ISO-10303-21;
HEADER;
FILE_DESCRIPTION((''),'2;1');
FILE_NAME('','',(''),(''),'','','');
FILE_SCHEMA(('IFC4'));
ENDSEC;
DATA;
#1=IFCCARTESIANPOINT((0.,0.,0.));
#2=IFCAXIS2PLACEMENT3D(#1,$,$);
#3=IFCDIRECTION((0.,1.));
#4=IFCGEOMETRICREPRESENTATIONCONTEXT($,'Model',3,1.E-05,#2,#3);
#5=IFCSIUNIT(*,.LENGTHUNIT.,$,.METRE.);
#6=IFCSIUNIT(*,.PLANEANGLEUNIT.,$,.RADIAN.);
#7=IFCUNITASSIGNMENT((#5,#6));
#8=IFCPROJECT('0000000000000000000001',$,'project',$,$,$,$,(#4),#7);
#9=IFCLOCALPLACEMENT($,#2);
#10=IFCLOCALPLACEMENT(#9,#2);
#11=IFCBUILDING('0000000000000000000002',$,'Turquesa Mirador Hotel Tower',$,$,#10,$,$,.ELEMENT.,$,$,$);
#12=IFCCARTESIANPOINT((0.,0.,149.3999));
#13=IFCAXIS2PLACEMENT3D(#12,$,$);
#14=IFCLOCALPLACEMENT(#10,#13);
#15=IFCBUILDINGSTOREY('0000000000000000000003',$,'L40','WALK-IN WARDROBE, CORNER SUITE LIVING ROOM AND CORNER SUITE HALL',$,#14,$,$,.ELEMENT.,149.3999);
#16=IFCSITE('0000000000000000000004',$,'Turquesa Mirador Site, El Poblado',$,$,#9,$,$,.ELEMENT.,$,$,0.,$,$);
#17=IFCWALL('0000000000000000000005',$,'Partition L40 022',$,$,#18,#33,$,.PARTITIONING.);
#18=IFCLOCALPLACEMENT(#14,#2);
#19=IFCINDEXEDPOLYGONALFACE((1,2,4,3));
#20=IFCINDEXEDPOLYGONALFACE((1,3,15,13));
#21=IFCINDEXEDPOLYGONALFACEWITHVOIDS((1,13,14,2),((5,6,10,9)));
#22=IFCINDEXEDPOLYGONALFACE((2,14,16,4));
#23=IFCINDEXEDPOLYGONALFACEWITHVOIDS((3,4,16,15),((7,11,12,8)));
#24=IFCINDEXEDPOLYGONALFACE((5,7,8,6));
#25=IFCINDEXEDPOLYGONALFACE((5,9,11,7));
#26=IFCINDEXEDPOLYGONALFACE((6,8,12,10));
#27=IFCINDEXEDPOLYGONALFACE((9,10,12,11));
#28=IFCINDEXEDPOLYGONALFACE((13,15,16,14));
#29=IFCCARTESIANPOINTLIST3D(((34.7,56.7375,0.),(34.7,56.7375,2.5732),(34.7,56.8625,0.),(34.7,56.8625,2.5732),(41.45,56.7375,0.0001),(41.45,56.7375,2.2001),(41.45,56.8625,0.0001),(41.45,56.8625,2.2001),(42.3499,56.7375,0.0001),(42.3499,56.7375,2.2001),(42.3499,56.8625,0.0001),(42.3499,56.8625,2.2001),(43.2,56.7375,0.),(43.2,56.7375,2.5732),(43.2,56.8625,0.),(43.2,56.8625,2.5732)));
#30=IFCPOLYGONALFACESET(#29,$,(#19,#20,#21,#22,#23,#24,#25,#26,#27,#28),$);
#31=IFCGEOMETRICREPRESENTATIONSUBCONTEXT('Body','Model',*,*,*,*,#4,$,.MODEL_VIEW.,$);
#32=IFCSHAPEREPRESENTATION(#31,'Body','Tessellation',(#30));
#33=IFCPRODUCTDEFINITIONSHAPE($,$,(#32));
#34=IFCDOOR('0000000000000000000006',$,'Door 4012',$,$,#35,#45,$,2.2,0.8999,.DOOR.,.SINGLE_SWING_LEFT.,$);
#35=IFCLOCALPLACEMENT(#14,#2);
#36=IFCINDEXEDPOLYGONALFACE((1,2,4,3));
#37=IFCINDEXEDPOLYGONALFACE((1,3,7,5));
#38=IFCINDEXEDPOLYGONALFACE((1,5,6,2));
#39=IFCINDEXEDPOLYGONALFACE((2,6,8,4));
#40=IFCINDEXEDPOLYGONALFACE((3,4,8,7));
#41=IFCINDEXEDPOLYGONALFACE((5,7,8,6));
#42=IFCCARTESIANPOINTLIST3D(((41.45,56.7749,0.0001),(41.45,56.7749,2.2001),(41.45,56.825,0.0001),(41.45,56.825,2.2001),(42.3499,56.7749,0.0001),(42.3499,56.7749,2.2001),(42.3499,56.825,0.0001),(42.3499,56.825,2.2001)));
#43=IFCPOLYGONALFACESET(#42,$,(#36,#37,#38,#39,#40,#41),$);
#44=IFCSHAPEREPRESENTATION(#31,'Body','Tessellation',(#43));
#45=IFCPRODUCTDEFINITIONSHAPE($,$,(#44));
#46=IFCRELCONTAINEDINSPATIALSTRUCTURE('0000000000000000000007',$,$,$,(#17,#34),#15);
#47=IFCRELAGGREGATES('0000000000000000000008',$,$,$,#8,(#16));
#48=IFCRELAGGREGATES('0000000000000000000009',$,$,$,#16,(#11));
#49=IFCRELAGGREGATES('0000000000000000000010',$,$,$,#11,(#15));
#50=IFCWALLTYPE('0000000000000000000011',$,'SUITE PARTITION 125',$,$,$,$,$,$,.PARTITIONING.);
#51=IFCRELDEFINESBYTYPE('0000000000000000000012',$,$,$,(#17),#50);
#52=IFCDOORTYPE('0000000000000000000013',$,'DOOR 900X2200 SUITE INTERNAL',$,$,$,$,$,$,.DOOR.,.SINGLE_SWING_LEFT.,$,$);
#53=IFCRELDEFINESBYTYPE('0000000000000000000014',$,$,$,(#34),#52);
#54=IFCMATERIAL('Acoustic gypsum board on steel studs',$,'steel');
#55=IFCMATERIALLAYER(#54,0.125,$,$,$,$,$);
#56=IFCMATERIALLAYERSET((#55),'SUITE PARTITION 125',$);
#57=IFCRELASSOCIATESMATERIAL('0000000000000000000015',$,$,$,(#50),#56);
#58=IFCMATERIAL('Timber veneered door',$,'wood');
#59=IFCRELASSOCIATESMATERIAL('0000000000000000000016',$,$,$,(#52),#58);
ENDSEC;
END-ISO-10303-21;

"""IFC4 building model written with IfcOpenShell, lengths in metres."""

from ifc_helpers import new_model, si_unit, direction, frame, frame_2d, origin, place, context, subcontext, project, spatial, rectangle, extrude, material, layer, layer_set, type_object, element, fill, save


model = new_model("IFC4")

# Units and contexts
model_context = context("Model", 3, precision=1e-05, world=origin(), true_north=direction((0.0, 1.0)))
body_context = subcontext(model_context, "Body", "Model", "MODEL_VIEW")
ifc_project = project(units=[si_unit("LENGTHUNIT", "METRE"), si_unit("PLANEANGLEUNIT", "RADIAN")], contexts=[model_context])

# Site, building, storey
site_placement = place(None, origin())
site = spatial("IfcSite", under=ifc_project, at=site_placement, Name="Turquesa Mirador Site, El Poblado", CompositionType="ELEMENT", RefElevation=0.0)
building_placement = place(site_placement, origin())
building = spatial("IfcBuilding", under=site, at=building_placement, Name="Turquesa Mirador Hotel Tower", CompositionType="ELEMENT")
storey_placement = place(building_placement, frame((0.0, 0.0, 149.3999)))
storey = spatial("IfcBuildingStorey", under=building, at=storey_placement, Name="L40", Description="WALK-IN WARDROBE, CORNER SUITE LIVING ROOM AND CORNER SUITE HALL", CompositionType="ELEMENT", Elevation=149.3999)

# Wall, opening, door
ifc_material_1 = material(Name="Acoustic gypsum board on steel studs", Category="steel")
ifc_layer_1 = layer(ifc_material_1, 0.125)
ifc_layer_set_1 = layer_set([ifc_layer_1], Name="SUITE PARTITION 125")
wall_type_1 = type_object("IfcWallType", Name="SUITE PARTITION 125", PredefinedType="PARTITIONING", material=ifc_layer_set_1)
wall_1_placement = place(storey_placement, frame((34.7, 56.8, 0.0), z_axis=(0.0, 0.0, 1.0), x_axis=(1.0, 0.0, 0.0)))
wall_1 = element("IfcWall", 1, at=wall_1_placement, inside=storey, type_object=wall_type_1, Name="Partition L40 022", PredefinedType="PARTITIONING", context=body_context, shape_type="SweptSolid", body=[
    extrude(rectangle(XDim=8.5, YDim=0.125, at=frame_2d((4.25, 0.0))), origin(), (0.0, 0.0, 1.0), 2.5732),
])
opening_1_placement = place(wall_1_placement, frame((6.75, 0.0, 0.0)))
opening_1 = element("IfcOpeningElement", 2, at=opening_1_placement, cuts=wall_1, PredefinedType="OPENING", context=body_context, shape_type="SweptSolid", body=[
    extrude(rectangle(XDim=0.8999, YDim=2.2, at=frame_2d((0.45, 1.1001))), frame((0.0, 0.0725, 0.0), z_axis=(0.0, -1.0, 0.0), x_axis=(1.0, 0.0, 0.0)), (0.0, 0.0, 1.0), 0.145),
])
ifc_material_2 = material(Name="Timber veneered door", Category="wood")
door_type = type_object("IfcDoorType", Name="DOOR 900X2200 SUITE INTERNAL", OperationType="SINGLE_SWING_LEFT", PredefinedType="DOOR", material=ifc_material_2)
door_placement = place(opening_1_placement, origin())
door = element("IfcDoor", 3, at=door_placement, inside=storey, type_object=door_type, Name="Door 4012", OperationType="SINGLE_SWING_LEFT", OverallHeight=2.2, OverallWidth=0.8999, PredefinedType="DOOR", context=body_context, shape_type="SweptSolid", body=[
    extrude(rectangle(XDim=0.8999, YDim=2.2, at=frame_2d((0.45, 1.1001))), frame((0.0, 0.0249, 0.0), z_axis=(0.0, -1.0, 0.0), x_axis=(1.0, 0.0, 0.0)), (0.0, 0.0, 1.0), 0.05),
])
fill(opening_1, door)

save(model, "model.ifc")
